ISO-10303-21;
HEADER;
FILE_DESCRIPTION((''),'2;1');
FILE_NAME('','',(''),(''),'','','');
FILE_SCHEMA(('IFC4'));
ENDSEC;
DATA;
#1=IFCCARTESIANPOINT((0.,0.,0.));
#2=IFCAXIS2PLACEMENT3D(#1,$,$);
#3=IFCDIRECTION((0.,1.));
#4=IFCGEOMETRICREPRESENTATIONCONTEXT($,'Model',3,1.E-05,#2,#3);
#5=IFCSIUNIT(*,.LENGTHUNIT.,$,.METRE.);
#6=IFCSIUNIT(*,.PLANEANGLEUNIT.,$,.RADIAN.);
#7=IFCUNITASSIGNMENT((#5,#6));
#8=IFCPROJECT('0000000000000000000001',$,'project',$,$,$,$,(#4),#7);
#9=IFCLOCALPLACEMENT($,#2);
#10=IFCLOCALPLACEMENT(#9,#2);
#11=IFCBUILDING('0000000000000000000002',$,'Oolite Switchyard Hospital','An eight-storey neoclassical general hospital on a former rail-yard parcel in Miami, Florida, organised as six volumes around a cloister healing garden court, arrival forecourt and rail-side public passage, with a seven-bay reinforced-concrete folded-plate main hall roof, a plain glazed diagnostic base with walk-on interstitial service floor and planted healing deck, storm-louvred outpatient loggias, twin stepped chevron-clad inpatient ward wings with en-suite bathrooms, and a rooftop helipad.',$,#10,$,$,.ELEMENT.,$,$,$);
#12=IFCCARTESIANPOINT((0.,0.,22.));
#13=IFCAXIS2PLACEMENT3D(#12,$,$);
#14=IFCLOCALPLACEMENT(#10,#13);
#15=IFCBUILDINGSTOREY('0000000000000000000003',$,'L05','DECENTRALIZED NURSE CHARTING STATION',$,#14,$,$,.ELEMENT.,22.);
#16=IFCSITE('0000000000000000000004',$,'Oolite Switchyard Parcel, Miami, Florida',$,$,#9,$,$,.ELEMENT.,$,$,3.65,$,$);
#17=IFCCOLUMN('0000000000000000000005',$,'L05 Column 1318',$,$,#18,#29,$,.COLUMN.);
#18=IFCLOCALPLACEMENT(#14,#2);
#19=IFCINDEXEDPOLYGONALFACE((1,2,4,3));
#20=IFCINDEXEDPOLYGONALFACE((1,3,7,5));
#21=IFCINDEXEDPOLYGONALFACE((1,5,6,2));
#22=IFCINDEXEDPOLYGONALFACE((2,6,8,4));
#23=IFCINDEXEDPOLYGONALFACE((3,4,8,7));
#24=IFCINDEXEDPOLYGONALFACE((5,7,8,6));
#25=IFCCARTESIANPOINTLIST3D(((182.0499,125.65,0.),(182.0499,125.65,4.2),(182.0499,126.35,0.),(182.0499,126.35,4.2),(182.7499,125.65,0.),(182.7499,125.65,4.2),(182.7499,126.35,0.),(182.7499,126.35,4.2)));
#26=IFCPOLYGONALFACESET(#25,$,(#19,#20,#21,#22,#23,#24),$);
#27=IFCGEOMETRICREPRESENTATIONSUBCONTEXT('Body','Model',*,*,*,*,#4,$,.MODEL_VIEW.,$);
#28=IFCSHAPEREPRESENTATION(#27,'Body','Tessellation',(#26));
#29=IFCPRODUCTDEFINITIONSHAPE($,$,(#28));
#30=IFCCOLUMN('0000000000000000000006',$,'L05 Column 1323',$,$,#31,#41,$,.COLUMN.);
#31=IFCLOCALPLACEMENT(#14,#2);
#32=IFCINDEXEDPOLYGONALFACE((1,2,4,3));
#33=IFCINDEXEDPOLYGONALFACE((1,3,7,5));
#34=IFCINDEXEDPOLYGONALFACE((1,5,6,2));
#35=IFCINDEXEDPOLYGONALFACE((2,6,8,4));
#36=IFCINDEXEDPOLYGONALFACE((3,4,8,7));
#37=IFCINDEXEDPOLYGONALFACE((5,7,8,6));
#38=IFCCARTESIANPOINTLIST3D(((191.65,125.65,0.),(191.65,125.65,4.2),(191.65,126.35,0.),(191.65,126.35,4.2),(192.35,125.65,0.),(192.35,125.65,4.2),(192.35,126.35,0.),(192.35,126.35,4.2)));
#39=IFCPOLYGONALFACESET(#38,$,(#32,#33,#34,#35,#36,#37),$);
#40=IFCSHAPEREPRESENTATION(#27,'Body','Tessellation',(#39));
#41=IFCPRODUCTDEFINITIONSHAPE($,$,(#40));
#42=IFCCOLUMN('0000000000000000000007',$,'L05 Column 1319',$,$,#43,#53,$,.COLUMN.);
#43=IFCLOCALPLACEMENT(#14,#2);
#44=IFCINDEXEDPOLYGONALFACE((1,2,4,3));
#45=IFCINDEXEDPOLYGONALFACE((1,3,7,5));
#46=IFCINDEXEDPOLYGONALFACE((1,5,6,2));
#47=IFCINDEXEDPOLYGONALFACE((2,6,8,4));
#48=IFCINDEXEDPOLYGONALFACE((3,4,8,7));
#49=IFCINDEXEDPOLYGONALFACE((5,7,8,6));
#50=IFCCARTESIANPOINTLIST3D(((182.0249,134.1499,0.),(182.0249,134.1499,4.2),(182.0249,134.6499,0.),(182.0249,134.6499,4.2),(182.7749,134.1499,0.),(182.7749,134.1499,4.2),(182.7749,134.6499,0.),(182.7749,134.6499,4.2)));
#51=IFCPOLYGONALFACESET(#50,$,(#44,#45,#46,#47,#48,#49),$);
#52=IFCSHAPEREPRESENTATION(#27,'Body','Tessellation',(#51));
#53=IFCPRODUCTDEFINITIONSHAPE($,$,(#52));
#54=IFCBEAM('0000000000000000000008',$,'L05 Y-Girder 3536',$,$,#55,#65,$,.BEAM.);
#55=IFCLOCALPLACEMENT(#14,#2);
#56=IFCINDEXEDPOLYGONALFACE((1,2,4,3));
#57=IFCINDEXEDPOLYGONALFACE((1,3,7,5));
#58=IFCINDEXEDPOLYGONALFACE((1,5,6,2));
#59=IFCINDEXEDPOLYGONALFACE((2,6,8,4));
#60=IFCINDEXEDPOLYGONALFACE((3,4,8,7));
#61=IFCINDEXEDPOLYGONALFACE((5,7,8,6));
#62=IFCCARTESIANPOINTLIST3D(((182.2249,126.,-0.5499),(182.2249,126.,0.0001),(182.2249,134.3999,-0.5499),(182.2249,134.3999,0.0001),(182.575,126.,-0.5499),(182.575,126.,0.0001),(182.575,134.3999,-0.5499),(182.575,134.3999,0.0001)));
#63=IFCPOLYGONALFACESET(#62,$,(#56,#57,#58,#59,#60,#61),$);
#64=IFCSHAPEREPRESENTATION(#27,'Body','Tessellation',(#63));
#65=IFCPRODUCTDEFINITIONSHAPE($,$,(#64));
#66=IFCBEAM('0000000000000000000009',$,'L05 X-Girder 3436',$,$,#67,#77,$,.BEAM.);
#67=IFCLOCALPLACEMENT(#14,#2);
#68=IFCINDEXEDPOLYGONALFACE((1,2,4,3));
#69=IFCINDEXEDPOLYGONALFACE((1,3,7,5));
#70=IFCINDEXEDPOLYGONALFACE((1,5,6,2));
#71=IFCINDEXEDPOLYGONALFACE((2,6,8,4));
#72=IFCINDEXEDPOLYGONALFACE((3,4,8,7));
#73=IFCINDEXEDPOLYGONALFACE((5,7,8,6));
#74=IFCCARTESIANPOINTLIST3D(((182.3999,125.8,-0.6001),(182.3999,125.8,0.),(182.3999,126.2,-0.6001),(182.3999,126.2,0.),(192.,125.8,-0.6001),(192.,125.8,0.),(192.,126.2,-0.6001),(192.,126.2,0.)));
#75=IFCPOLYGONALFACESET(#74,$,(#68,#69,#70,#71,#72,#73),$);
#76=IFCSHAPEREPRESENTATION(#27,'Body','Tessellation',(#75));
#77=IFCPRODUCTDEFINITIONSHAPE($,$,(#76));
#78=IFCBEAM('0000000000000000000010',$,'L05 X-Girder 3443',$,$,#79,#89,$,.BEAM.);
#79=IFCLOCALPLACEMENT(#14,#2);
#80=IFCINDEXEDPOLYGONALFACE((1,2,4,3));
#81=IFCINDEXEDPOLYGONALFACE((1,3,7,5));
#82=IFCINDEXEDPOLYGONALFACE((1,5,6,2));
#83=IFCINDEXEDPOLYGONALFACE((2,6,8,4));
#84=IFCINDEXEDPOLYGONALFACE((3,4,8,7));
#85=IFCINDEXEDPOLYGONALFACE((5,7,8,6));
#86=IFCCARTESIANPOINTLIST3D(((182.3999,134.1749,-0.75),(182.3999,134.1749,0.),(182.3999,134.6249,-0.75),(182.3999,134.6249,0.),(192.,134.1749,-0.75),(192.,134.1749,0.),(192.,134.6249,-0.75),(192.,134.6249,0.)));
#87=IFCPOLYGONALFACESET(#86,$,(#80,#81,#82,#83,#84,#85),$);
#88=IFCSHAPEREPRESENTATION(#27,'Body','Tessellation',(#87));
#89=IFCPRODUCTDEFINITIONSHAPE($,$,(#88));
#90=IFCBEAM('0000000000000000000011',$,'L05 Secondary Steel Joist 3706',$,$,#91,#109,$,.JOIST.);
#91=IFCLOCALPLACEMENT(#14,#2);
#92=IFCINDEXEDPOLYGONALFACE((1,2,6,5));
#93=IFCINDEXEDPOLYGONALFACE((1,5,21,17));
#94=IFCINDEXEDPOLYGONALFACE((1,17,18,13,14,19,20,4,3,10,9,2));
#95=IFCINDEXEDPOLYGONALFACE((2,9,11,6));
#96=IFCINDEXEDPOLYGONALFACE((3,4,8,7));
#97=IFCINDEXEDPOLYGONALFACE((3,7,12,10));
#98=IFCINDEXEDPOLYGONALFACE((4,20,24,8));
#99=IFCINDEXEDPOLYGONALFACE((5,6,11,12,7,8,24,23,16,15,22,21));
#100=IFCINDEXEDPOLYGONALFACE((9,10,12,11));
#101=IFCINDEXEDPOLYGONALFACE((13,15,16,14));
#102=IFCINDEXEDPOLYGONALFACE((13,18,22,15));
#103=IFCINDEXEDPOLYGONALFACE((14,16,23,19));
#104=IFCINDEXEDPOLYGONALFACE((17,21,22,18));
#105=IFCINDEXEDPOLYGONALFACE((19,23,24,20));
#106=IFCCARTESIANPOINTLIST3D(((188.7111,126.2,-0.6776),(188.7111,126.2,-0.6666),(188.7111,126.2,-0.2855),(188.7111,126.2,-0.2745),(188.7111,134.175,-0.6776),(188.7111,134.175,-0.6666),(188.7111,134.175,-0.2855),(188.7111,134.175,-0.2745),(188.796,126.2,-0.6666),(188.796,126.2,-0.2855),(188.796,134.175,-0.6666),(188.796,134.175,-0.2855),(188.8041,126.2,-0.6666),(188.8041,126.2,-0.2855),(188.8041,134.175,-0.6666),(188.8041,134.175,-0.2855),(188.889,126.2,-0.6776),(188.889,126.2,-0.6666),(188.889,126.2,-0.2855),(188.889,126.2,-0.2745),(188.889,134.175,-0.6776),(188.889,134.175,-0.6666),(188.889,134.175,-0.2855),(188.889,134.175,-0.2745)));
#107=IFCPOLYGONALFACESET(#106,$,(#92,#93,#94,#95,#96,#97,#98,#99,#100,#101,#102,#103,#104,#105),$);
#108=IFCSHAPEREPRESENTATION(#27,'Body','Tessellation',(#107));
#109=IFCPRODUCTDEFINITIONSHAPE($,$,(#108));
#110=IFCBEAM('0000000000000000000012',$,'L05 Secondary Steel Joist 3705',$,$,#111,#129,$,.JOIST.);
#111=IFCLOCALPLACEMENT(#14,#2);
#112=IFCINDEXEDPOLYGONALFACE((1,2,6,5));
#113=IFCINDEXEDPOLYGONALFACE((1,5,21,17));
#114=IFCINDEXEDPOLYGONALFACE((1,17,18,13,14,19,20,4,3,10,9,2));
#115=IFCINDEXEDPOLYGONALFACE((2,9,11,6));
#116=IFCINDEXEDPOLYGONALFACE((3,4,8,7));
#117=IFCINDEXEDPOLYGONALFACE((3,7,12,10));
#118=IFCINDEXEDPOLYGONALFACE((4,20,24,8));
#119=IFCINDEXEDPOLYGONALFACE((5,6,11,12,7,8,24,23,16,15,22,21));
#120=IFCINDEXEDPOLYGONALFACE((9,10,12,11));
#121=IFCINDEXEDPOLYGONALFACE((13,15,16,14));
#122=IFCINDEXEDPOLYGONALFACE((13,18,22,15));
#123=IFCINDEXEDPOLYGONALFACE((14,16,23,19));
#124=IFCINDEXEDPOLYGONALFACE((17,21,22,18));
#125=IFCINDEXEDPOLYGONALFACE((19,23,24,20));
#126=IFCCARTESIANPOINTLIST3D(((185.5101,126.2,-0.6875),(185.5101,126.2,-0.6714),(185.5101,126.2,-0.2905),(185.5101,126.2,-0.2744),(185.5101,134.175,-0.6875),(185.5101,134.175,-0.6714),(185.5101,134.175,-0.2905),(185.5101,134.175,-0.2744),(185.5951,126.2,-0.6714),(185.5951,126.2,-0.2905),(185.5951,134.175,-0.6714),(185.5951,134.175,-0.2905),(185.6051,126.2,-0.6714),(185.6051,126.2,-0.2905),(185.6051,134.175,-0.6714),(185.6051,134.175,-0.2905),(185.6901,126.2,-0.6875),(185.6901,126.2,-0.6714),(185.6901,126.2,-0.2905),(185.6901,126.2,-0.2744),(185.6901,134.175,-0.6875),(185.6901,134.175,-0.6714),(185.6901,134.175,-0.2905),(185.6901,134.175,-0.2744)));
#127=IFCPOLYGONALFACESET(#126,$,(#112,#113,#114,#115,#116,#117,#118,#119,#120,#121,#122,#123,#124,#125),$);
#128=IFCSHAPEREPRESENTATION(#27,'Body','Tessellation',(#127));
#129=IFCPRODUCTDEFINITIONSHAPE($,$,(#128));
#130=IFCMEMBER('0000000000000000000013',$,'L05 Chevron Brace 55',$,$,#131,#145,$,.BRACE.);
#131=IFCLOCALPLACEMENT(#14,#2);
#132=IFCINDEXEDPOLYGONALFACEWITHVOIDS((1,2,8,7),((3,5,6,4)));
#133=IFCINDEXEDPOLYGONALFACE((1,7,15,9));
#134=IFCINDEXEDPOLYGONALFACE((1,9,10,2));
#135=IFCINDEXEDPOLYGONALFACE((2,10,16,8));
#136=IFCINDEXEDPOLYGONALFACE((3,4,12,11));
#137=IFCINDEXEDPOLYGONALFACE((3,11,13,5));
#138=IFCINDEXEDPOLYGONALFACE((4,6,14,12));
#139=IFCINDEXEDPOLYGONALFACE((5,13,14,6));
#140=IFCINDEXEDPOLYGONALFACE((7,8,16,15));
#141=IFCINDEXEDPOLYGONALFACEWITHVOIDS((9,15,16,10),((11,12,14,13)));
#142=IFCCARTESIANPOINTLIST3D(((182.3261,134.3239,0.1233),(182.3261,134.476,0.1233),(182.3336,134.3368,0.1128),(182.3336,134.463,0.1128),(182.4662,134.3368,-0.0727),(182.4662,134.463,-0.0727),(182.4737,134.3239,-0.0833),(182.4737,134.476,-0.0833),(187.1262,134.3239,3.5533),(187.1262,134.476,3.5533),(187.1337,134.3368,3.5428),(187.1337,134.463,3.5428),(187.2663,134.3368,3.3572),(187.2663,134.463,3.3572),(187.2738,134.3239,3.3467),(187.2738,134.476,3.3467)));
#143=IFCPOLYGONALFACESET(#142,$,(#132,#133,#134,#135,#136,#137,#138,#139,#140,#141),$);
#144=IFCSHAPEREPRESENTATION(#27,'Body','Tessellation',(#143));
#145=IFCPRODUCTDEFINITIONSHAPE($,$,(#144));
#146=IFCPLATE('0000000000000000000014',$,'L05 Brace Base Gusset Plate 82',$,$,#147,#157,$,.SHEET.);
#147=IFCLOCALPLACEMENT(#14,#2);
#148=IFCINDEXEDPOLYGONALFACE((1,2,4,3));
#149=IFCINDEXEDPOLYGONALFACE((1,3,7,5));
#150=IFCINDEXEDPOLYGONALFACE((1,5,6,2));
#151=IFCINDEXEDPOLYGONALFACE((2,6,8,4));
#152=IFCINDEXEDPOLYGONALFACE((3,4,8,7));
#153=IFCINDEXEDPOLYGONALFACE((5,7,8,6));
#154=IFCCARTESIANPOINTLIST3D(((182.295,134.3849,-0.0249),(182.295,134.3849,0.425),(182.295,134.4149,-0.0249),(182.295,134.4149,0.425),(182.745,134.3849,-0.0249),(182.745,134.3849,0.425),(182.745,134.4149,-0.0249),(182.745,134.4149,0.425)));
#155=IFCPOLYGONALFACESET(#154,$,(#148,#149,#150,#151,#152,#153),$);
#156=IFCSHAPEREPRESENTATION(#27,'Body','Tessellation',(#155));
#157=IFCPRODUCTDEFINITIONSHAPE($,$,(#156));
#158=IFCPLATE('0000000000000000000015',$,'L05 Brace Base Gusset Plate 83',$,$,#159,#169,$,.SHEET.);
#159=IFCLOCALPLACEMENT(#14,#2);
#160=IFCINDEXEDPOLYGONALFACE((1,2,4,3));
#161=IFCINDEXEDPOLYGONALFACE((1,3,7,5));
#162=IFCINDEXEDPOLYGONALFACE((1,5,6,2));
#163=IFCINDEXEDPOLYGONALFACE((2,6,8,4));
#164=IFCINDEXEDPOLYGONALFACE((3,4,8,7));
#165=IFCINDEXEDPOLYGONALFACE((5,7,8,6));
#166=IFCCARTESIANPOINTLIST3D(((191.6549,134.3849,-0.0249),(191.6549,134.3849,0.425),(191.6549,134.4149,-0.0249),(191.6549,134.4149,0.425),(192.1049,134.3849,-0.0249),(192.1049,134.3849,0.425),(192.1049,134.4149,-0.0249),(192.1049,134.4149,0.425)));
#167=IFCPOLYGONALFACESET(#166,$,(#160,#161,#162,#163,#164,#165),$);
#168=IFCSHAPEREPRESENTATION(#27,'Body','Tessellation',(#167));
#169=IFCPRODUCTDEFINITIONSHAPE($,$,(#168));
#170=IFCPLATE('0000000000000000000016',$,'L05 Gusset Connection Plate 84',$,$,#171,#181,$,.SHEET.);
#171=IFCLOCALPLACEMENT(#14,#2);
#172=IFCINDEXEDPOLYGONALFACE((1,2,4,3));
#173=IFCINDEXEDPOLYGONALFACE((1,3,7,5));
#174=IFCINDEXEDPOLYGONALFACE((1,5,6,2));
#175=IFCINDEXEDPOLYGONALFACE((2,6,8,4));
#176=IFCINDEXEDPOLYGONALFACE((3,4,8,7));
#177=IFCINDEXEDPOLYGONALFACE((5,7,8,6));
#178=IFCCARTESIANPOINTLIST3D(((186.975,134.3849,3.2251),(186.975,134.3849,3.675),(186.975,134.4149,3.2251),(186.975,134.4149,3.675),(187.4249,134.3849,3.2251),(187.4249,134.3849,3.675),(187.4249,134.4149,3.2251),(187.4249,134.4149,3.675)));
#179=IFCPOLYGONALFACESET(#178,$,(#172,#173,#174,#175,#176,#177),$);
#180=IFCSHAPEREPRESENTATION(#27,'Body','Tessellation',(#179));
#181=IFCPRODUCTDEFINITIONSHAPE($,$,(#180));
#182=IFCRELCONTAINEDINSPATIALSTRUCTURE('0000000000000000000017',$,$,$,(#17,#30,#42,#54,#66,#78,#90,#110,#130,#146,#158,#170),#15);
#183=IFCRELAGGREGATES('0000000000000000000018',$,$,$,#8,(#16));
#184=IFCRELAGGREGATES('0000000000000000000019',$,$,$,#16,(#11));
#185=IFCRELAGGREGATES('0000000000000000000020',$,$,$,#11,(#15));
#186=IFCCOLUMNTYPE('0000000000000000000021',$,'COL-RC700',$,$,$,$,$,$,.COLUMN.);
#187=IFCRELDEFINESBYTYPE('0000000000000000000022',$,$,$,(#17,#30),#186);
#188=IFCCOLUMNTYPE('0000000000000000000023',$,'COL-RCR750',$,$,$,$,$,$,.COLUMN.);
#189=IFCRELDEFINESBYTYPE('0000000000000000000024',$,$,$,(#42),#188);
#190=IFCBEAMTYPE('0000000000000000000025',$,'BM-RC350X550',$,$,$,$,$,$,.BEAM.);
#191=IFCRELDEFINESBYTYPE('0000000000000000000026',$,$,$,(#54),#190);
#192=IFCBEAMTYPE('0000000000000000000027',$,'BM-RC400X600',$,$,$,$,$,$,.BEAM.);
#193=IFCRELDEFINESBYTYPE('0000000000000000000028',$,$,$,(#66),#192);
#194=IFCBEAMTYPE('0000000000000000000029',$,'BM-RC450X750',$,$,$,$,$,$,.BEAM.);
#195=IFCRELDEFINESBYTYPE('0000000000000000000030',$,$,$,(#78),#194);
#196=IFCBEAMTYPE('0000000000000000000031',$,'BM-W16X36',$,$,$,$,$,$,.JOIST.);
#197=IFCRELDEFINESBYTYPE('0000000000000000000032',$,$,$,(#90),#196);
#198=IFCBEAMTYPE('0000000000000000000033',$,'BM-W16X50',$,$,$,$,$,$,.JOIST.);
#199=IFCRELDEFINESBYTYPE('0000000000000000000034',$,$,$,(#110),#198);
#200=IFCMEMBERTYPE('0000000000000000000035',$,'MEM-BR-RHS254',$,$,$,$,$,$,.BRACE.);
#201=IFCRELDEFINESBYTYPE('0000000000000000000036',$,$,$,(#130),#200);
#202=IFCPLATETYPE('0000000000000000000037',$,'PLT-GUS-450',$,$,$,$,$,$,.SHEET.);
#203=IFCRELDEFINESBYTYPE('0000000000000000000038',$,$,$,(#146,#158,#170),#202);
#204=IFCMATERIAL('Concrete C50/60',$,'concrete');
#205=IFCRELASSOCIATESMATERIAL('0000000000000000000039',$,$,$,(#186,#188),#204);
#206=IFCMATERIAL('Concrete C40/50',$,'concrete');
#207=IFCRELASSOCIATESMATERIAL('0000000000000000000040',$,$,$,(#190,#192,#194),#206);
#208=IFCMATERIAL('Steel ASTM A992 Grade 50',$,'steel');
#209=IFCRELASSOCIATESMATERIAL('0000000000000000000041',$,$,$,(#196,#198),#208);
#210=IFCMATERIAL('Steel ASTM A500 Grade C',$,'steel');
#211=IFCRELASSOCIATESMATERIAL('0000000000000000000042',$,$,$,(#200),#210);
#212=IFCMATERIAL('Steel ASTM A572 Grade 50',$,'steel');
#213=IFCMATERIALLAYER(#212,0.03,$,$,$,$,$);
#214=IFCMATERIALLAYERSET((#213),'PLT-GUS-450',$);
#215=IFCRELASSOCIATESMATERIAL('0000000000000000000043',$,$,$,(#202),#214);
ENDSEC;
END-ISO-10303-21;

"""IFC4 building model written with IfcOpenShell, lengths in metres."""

from ifc_helpers import new_model, si_unit, direction, frame, origin, origin_2d, place, context, subcontext, project, spatial, rectangle, hollow_rectangle, i_section, extrude, material, layer, layer_set, material_profile, profile_set, type_object, element, save


model = new_model("IFC4")

# Units and contexts
model_context = context("Model", 3, precision=1e-05, world=origin(), true_north=direction((0.0, 1.0)))
body_context = subcontext(model_context, "Body", "Model", "MODEL_VIEW")
ifc_project = project(units=[si_unit("LENGTHUNIT", "METRE"), si_unit("PLANEANGLEUNIT", "RADIAN")], contexts=[model_context])

# Site, building, storey
site_placement = place(None, origin())
site = spatial("IfcSite", under=ifc_project, at=site_placement, Name="Oolite Switchyard Parcel, Miami, Florida", CompositionType="ELEMENT", RefElevation=3.65)
building_placement = place(site_placement, origin())
building = spatial("IfcBuilding", under=site, at=building_placement, Name="Oolite Switchyard Hospital", Description="An eight-storey neoclassical general hospital on a former rail-yard parcel in Miami, Florida, organised as six volumes around a cloister healing garden court, arrival forecourt and rail-side public passage, with a seven-bay reinforced-concrete folded-plate main hall roof, a plain glazed diagnostic base with walk-on interstitial service floor and planted healing deck, storm-louvred outpatient loggias, twin stepped chevron-clad inpatient ward wings with en-suite bathrooms, and a rooftop helipad.", CompositionType="ELEMENT")
storey_placement = place(building_placement, frame((0.0, 0.0, 22.0)))
storey = spatial("IfcBuildingStorey", under=building, at=storey_placement, Name="L05", Description="DECENTRALIZED NURSE CHARTING STATION", CompositionType="ELEMENT", Elevation=22.0)

# Columns
ifc_material_1 = material(Name="Concrete C50/60", Category="concrete")
ifc_material_profile_1 = material_profile(ifc_material_1, rectangle(XDim=0.7, YDim=0.7, at=origin_2d()), Name="RC700X700")
ifc_profile_set_1 = profile_set([ifc_material_profile_1], Name="Concrete C50/60")
column_type_1 = type_object("IfcColumnType", Name="COL-RC700", PredefinedType="COLUMN", material=ifc_profile_set_1)
for number, where, z_axis, x_axis, name in (
    (1, (182.3999, 126.0, 0.0), (0.0, 0.0, 1.0), (1.0, 0.0, 0.0), "L05 Column 1318"),
    (2, (192.0, 126.0, 0.0), (0.0, 0.0, 1.0), (1.0, 0.0, 0.0), "L05 Column 1323"),
):
    element("IfcColumn", number, at=place(storey_placement, frame(where, z_axis=z_axis, x_axis=x_axis)), inside=storey, type_object=column_type_1, Name=name, PredefinedType="COLUMN", context=body_context, shape_type="SweptSolid", body=[
        extrude(rectangle(XDim=0.7, YDim=0.7, at=origin_2d()), origin(), (0.0, 0.0, 1.0), 4.2),
    ])
ifc_material_profile_2 = material_profile(ifc_material_1, rectangle(XDim=0.75, YDim=0.5, at=origin_2d()), Name="RC750X500")
ifc_profile_set_2 = profile_set([ifc_material_profile_2], Name="Concrete C50/60")
column_type_2 = type_object("IfcColumnType", Name="COL-RCR750", PredefinedType="COLUMN", material=ifc_profile_set_2)
column_placement = place(storey_placement, frame((182.3999, 134.3999, 0.0), z_axis=(0.0, 0.0, 1.0), x_axis=(1.0, 0.0, 0.0)))
element("IfcColumn", 3, at=column_placement, inside=storey, type_object=column_type_2, Name="L05 Column 1319", PredefinedType="COLUMN", context=body_context, shape_type="SweptSolid", body=[
    extrude(rectangle(XDim=0.75, YDim=0.5, at=origin_2d()), origin(), (0.0, 0.0, 1.0), 4.2),
])

# Beams
ifc_material_2 = material(Name="Concrete C40/50", Category="concrete")
ifc_material_profile_3 = material_profile(ifc_material_2, rectangle(XDim=0.3501, YDim=0.55, at=origin_2d()), Name="RCB350X550")
ifc_profile_set_3 = profile_set([ifc_material_profile_3], Name="Concrete C40/50")
beam_type_1 = type_object("IfcBeamType", Name="BM-RC350X550", PredefinedType="BEAM", material=ifc_profile_set_3)
beam_1_placement = place(storey_placement, frame((182.3999, 126.0, -0.2749), z_axis=(0.0, 1.0, 0.0), x_axis=(-1.0, 0.0, 0.0)))
element("IfcBeam", 4, at=beam_1_placement, inside=storey, type_object=beam_type_1, Name="L05 Y-Girder 3536", PredefinedType="BEAM", context=body_context, shape_type="SweptSolid", body=[
    extrude(rectangle(XDim=0.3501, YDim=0.55, at=origin_2d()), origin(), (0.0, 0.0, 1.0), 8.3999),
])
ifc_material_profile_4 = material_profile(ifc_material_2, rectangle(XDim=0.3999, YDim=0.6001, at=origin_2d()), Name="RCB400X600")
ifc_profile_set_4 = profile_set([ifc_material_profile_4], Name="Concrete C40/50")
beam_type_2 = type_object("IfcBeamType", Name="BM-RC400X600", PredefinedType="BEAM", material=ifc_profile_set_4)
beam_2_placement = place(storey_placement, frame((182.3999, 126.0, -0.3), z_axis=(1.0, 0.0, 0.0), x_axis=(0.0, 1.0, 0.0)))
element("IfcBeam", 5, at=beam_2_placement, inside=storey, type_object=beam_type_2, Name="L05 X-Girder 3436", PredefinedType="BEAM", context=body_context, shape_type="SweptSolid", body=[
    extrude(rectangle(XDim=0.3999, YDim=0.6001, at=origin_2d()), origin(), (0.0, 0.0, 1.0), 9.6001),
])
ifc_material_profile_5 = material_profile(ifc_material_2, rectangle(XDim=0.45, YDim=0.75, at=origin_2d()), Name="RCB450X750")
ifc_profile_set_5 = profile_set([ifc_material_profile_5], Name="Concrete C40/50")
beam_type_3 = type_object("IfcBeamType", Name="BM-RC450X750", PredefinedType="BEAM", material=ifc_profile_set_5)
beam_3_placement = place(storey_placement, frame((182.3999, 134.3999, -0.375), z_axis=(1.0, 0.0, 0.0), x_axis=(0.0, 1.0, 0.0)))
element("IfcBeam", 6, at=beam_3_placement, inside=storey, type_object=beam_type_3, Name="L05 X-Girder 3443", PredefinedType="BEAM", context=body_context, shape_type="SweptSolid", body=[
    extrude(rectangle(XDim=0.45, YDim=0.75, at=origin_2d()), origin(), (0.0, 0.0, 1.0), 9.6001),
])
ifc_material_3 = material(Name="Steel ASTM A992 Grade 50", Category="steel")
ifc_material_profile_6 = material_profile(ifc_material_3, i_section(OverallWidth=0.178, OverallDepth=0.4031, WebThickness=0.0081, FlangeThickness=0.011, at=origin_2d()), Name="W16X36")
ifc_profile_set_6 = profile_set([ifc_material_profile_6], Name="Steel ASTM A992 Grade 50")
beam_type_4 = type_object("IfcBeamType", Name="BM-W16X36", PredefinedType="JOIST", material=ifc_profile_set_6)
beam_4_placement = place(storey_placement, frame((188.8, 126.2, -0.4761), z_axis=(0.0, 1.0, 0.0), x_axis=(-1.0, 0.0, 0.0)))
element("IfcBeam", 7, at=beam_4_placement, inside=storey, type_object=beam_type_4, Name="L05 Secondary Steel Joist 3706", PredefinedType="JOIST", context=body_context, shape_type="SweptSolid", body=[
    extrude(i_section(OverallWidth=0.178, OverallDepth=0.4031, WebThickness=0.0081, FlangeThickness=0.011, at=origin_2d()), origin(), (0.0, 0.0, 1.0), 7.9751),
])
ifc_material_profile_7 = material_profile(ifc_material_3, i_section(OverallWidth=0.1799, OverallDepth=0.4131, WebThickness=0.01, FlangeThickness=0.0161, at=origin_2d()), Name="W16X50")
ifc_profile_set_7 = profile_set([ifc_material_profile_7], Name="Steel ASTM A992 Grade 50")
beam_type_5 = type_object("IfcBeamType", Name="BM-W16X50", PredefinedType="JOIST", material=ifc_profile_set_7)
beam_5_placement = place(storey_placement, frame((185.6001, 126.2, -0.481), z_axis=(0.0, 1.0, 0.0), x_axis=(-1.0, 0.0, 0.0)))
element("IfcBeam", 8, at=beam_5_placement, inside=storey, type_object=beam_type_5, Name="L05 Secondary Steel Joist 3705", PredefinedType="JOIST", context=body_context, shape_type="SweptSolid", body=[
    extrude(i_section(OverallWidth=0.1799, OverallDepth=0.4131, WebThickness=0.01, FlangeThickness=0.0161, at=origin_2d()), origin(), (0.0, 0.0, 1.0), 7.9751),
])

# Member
ifc_material_4 = material(Name="Steel ASTM A500 Grade C", Category="steel")
ifc_material_profile_8 = material_profile(ifc_material_4, hollow_rectangle(XDim=0.1521, YDim=0.2539, WallThickness=0.0129, at=origin_2d()), Name="HSS254X152X13")
ifc_profile_set_8 = profile_set([ifc_material_profile_8], Name="Steel ASTM A500 Grade C")
member_type = type_object("IfcMemberType", Name="MEM-BR-RHS254", PredefinedType="BRACE", material=ifc_profile_set_8)
member_placement = place(storey_placement, frame((182.3999, 134.3999, 0.02), z_axis=(0.813627, 0.0, 0.581387), x_axis=(0.0, 1.0, 0.0)))
element("IfcMember", 9, at=member_placement, inside=storey, type_object=member_type, Name="L05 Chevron Brace 55", PredefinedType="BRACE", context=body_context, shape_type="SweptSolid", body=[
    extrude(hollow_rectangle(XDim=0.1521, YDim=0.2539, WallThickness=0.0129, at=origin_2d()), origin(), (0.0, 0.0, 1.0), 5.8997),
])

# Plates
ifc_material_5 = material(Name="Steel ASTM A572 Grade 50", Category="steel")
ifc_layer_1 = layer(ifc_material_5, 0.03)
ifc_layer_set_1 = layer_set([ifc_layer_1], Name="PLT-GUS-450")
plate_type = type_object("IfcPlateType", Name="PLT-GUS-450", PredefinedType="SHEET", material=ifc_layer_set_1)
for number, where, z_axis, x_axis, name in (
    (10, (182.52, 134.3999, -0.0249), (0.0, 0.0, 1.0), (1.0, 0.0, 0.0), "L05 Brace Base Gusset Plate 82"),
    (11, (191.8799, 134.3999, -0.0249), (0.0, 0.0, 1.0), (1.0, 0.0, 0.0), "L05 Brace Base Gusset Plate 83"),
    (12, (187.2, 134.3999, 3.2251), (0.0, 0.0, 1.0), (1.0, 0.0, 0.0), "L05 Gusset Connection Plate 84"),
):
    element("IfcPlate", number, at=place(storey_placement, frame(where, z_axis=z_axis, x_axis=x_axis)), inside=storey, type_object=plate_type, Name=name, PredefinedType="SHEET", context=body_context, shape_type="SweptSolid", body=[
        extrude(rectangle(XDim=0.45, YDim=0.03, at=origin_2d()), origin(), (0.0, 0.0, 1.0), 0.45),
    ])

save(model, "model.ifc")
